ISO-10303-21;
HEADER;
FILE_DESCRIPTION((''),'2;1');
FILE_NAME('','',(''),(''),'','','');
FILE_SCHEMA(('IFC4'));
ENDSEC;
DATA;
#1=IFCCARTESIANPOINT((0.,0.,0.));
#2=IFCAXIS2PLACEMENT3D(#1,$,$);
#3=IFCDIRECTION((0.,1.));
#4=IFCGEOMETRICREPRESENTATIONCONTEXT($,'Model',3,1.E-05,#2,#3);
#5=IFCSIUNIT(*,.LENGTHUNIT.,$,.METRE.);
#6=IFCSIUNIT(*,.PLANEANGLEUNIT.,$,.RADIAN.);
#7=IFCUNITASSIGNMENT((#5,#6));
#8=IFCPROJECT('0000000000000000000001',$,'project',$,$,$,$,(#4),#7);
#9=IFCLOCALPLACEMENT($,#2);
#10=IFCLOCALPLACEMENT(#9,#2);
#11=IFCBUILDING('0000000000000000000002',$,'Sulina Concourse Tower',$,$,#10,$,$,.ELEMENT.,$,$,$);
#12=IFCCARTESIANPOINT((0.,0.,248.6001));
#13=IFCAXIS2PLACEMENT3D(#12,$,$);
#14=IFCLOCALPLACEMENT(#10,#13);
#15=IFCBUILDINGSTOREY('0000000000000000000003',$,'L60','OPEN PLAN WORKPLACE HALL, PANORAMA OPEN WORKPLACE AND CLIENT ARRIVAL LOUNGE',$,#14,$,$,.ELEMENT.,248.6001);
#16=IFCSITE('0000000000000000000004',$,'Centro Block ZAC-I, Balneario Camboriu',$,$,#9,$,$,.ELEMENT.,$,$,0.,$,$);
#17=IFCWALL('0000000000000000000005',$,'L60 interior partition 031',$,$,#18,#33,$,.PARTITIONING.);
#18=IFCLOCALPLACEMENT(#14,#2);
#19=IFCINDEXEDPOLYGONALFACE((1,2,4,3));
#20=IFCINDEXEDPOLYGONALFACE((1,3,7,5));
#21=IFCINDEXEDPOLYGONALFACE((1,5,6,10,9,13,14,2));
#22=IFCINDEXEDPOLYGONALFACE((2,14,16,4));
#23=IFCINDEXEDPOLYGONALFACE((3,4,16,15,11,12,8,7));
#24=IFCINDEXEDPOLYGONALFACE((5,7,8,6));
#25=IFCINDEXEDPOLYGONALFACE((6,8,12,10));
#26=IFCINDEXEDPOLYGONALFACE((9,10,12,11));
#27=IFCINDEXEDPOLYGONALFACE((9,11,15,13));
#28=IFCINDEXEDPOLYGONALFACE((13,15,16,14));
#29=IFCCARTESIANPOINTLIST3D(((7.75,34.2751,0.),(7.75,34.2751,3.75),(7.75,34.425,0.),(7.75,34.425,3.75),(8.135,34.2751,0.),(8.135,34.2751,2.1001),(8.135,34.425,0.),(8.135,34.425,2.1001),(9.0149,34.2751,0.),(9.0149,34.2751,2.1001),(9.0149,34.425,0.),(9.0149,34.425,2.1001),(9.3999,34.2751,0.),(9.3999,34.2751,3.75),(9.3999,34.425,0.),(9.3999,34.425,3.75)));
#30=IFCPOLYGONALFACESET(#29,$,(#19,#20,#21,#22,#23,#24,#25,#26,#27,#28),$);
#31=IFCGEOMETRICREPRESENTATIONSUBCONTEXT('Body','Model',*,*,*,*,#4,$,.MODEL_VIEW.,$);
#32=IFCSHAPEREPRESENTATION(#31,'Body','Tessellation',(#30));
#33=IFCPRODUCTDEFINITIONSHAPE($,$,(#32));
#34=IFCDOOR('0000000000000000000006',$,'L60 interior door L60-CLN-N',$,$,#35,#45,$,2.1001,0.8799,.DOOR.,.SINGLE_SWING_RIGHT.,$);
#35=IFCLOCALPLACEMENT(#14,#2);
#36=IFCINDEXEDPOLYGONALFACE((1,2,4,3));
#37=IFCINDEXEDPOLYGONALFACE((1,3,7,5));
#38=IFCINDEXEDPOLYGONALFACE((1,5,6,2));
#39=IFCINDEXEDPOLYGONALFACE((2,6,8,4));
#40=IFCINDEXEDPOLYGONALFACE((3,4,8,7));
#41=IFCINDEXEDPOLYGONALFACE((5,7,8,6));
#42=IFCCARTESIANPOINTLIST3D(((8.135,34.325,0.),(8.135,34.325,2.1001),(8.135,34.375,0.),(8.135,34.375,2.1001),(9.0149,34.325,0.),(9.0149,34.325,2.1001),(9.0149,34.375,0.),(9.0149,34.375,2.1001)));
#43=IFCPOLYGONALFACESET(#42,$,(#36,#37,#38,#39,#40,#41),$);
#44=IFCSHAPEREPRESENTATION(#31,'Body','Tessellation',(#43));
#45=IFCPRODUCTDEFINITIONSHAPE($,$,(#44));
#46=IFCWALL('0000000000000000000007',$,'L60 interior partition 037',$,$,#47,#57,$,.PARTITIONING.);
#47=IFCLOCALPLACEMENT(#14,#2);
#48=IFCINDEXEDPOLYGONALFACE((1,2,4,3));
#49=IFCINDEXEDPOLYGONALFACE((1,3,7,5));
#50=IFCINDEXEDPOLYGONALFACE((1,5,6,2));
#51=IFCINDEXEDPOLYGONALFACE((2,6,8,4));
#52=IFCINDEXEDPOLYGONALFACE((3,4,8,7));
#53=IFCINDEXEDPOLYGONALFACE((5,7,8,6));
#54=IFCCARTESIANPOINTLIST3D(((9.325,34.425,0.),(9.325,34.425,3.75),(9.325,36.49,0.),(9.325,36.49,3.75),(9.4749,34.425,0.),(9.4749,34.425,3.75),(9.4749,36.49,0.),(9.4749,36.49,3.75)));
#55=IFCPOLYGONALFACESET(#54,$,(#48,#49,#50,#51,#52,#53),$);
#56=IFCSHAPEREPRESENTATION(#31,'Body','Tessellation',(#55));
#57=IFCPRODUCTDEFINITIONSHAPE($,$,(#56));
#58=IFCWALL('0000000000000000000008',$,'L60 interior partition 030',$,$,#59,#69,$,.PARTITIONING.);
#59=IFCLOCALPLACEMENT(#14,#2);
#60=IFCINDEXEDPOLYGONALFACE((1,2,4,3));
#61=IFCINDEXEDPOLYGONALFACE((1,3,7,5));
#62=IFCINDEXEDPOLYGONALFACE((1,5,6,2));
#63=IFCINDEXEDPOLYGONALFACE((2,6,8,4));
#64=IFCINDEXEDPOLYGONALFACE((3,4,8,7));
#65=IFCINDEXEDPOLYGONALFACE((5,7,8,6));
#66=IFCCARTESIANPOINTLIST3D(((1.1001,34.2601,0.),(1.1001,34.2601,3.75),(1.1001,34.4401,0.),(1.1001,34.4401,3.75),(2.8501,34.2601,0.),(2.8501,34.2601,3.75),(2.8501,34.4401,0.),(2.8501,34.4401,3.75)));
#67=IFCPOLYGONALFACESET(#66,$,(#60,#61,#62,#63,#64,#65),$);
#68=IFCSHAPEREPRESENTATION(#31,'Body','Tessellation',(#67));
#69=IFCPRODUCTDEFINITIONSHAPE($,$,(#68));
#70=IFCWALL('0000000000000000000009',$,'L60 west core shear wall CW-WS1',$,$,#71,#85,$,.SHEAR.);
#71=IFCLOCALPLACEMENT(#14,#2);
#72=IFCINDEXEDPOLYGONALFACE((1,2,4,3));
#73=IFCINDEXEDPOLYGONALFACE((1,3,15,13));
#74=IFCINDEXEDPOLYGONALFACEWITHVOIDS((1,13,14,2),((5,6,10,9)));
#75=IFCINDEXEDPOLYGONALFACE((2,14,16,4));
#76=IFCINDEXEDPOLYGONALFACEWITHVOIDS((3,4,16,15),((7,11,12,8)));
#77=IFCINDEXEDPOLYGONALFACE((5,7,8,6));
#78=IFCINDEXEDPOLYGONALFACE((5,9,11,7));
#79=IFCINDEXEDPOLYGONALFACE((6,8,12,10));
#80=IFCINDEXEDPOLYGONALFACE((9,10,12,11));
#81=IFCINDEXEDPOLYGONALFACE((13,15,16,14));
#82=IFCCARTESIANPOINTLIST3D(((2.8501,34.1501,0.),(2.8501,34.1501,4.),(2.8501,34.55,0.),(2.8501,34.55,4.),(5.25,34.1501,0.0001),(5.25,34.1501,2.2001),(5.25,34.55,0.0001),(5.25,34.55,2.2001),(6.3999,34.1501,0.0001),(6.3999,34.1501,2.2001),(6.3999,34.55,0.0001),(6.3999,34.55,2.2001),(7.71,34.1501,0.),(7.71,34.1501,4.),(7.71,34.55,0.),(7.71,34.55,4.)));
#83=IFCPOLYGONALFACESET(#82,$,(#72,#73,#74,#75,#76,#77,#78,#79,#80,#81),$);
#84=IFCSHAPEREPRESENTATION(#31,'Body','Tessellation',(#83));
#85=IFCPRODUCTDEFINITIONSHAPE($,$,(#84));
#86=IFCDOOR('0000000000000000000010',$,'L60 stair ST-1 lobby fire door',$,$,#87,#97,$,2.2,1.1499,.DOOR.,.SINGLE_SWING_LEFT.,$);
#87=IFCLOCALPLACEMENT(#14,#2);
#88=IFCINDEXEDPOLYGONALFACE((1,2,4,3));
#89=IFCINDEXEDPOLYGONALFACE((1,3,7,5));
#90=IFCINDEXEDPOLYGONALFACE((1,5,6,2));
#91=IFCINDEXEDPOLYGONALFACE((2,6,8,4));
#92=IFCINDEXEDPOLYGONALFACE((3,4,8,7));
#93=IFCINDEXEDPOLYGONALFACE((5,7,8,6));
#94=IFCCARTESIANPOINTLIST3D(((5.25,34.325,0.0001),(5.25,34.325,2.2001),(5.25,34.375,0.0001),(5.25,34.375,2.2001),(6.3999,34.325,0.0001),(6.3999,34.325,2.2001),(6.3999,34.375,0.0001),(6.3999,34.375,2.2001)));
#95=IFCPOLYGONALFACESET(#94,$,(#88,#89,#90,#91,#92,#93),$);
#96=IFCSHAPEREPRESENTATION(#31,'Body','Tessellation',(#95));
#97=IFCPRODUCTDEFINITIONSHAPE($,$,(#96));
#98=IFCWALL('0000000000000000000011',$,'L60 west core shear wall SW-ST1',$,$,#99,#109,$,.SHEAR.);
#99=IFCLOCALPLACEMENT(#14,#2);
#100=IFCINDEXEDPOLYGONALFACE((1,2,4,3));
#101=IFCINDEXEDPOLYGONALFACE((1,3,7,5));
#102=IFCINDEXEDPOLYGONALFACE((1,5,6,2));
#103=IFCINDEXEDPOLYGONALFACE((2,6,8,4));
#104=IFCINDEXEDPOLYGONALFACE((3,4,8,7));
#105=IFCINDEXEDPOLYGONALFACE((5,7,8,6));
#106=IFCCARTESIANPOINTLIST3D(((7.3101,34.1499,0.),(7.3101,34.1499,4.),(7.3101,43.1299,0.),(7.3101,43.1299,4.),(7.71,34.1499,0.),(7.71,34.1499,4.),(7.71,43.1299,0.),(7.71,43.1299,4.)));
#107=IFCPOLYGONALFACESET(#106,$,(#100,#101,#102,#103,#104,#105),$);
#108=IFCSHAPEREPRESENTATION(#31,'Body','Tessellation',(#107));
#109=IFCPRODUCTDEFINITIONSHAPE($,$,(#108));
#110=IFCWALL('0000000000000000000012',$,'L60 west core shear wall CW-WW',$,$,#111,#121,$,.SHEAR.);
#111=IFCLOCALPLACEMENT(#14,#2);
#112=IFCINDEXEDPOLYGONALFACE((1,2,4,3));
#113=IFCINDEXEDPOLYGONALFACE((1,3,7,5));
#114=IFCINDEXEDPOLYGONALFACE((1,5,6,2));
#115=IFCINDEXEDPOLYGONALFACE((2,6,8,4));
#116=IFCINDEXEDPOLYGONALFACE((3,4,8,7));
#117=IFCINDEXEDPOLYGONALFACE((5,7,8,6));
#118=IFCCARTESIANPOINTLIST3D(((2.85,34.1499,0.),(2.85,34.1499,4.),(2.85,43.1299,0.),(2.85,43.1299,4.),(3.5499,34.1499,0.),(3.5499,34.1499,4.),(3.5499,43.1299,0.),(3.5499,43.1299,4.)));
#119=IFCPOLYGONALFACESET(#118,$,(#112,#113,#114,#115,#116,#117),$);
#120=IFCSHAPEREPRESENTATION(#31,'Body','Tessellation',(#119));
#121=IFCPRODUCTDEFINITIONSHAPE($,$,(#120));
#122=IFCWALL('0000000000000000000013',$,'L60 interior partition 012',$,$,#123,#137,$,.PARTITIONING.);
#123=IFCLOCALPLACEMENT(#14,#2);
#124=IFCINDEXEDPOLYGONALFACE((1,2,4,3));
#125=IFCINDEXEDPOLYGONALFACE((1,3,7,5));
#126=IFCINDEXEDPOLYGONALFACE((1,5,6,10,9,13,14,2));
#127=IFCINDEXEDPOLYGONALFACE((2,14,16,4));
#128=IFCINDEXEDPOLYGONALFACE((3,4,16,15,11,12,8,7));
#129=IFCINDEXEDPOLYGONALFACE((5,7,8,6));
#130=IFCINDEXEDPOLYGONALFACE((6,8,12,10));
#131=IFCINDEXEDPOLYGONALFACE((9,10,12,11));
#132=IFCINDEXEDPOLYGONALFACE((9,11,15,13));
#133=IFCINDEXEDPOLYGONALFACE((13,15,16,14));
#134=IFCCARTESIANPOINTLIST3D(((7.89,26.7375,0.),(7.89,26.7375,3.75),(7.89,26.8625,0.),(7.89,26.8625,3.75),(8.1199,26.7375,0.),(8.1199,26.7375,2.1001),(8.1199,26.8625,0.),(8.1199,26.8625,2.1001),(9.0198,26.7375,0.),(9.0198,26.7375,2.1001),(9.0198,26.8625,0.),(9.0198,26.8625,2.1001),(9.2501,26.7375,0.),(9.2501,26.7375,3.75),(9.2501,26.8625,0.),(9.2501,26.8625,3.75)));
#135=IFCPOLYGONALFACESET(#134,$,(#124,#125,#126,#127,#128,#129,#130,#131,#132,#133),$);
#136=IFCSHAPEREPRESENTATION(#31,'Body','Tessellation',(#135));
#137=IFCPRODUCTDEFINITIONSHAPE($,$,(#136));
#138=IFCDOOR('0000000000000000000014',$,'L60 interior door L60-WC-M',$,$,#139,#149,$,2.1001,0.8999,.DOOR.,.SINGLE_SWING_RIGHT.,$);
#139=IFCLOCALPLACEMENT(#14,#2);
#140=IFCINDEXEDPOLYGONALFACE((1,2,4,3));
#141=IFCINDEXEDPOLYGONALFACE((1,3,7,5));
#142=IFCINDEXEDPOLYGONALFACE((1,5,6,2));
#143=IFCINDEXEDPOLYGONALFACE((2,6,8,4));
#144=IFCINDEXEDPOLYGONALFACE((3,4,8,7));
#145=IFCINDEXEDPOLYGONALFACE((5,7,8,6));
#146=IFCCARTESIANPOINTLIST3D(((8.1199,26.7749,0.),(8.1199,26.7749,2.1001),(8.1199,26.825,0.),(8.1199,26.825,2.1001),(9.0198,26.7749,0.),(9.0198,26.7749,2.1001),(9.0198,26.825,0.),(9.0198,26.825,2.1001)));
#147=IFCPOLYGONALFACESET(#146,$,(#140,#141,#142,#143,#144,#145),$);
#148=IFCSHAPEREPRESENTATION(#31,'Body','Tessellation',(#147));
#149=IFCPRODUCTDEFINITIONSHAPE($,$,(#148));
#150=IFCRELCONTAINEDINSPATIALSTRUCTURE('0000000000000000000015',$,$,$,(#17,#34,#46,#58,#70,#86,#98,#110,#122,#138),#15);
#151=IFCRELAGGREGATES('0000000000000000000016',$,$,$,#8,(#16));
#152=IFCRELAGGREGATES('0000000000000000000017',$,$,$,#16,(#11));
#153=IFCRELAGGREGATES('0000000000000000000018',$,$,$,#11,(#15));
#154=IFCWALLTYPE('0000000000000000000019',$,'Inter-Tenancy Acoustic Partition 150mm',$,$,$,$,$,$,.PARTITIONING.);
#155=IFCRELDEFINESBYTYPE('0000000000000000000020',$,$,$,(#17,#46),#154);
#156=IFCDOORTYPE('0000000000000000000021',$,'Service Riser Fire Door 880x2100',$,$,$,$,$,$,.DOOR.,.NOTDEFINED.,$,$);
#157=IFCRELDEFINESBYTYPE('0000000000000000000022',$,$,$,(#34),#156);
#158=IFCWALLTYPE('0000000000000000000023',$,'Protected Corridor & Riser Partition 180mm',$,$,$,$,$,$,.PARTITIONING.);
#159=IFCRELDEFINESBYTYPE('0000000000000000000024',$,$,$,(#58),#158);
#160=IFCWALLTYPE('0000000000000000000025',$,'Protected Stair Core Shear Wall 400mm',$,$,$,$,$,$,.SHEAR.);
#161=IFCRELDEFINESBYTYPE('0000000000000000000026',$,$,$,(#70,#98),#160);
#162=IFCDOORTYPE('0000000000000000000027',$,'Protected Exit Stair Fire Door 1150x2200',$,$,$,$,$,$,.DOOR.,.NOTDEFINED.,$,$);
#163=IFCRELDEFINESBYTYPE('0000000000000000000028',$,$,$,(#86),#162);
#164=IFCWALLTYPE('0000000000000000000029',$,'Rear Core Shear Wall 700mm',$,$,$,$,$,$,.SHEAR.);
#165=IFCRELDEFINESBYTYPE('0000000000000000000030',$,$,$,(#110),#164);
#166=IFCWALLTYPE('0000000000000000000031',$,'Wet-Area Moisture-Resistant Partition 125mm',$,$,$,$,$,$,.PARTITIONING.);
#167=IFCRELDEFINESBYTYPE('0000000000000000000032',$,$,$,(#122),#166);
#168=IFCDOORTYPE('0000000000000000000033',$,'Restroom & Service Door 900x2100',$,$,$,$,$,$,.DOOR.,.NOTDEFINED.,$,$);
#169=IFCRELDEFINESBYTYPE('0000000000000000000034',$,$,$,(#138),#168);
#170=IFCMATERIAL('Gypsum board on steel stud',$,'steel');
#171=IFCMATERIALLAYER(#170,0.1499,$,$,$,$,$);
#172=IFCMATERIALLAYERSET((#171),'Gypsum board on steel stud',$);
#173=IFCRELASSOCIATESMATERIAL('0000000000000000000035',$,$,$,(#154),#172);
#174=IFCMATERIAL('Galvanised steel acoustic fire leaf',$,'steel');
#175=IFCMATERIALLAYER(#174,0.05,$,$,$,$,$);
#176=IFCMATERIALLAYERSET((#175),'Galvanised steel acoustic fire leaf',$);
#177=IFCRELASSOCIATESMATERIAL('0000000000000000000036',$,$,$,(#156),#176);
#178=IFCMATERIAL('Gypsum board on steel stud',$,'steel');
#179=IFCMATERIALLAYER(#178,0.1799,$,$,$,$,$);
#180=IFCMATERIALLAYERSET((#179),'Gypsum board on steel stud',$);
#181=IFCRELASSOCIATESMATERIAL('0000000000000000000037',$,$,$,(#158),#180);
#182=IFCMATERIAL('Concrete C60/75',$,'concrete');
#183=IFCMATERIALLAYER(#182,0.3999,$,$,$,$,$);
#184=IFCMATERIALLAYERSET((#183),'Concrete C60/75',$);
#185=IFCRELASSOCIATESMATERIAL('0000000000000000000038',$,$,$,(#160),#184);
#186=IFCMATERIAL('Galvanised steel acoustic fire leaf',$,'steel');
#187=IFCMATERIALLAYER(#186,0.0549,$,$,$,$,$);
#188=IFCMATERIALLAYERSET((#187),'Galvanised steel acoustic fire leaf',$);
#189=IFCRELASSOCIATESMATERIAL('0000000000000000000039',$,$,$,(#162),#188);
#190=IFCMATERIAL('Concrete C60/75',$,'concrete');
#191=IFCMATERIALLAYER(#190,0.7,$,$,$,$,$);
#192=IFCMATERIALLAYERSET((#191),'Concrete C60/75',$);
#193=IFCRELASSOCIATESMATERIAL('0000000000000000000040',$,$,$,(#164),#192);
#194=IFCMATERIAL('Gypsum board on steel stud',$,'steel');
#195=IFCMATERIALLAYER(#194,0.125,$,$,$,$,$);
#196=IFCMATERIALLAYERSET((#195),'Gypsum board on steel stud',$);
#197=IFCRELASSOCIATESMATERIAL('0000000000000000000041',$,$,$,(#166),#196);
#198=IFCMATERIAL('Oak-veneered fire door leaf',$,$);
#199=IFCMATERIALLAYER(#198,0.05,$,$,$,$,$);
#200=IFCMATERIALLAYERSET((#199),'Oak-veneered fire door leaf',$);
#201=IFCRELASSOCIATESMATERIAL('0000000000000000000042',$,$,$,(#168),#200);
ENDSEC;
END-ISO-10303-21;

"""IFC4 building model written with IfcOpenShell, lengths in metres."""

from ifc_helpers import new_model, si_unit, direction, frame, frame_2d, origin, place, context, subcontext, project, spatial, rectangle, extrude, material, layer, layer_set, type_object, element, fill, save


model = new_model("IFC4")

# Units and contexts
model_context = context("Model", 3, precision=1e-05, world=origin(), true_north=direction((0.0, 1.0)))
body_context = subcontext(model_context, "Body", "Model", "MODEL_VIEW")
ifc_project = project(units=[si_unit("LENGTHUNIT", "METRE"), si_unit("PLANEANGLEUNIT", "RADIAN")], contexts=[model_context])

# Site, building, storey
site_placement = place(None, origin())
site = spatial("IfcSite", under=ifc_project, at=site_placement, Name="Centro Block ZAC-I, Balneario Camboriu", CompositionType="ELEMENT", RefElevation=0.0)
building_placement = place(site_placement, origin())
building = spatial("IfcBuilding", under=site, at=building_placement, Name="Sulina Concourse Tower", CompositionType="ELEMENT")
storey_placement = place(building_placement, frame((0.0, 0.0, 248.6001)))
storey = spatial("IfcBuildingStorey", under=building, at=storey_placement, Name="L60", Description="OPEN PLAN WORKPLACE HALL, PANORAMA OPEN WORKPLACE AND CLIENT ARRIVAL LOUNGE", CompositionType="ELEMENT", Elevation=248.6001)

# Wall, opening, door
ifc_material_1 = material(Name="Gypsum board on steel stud", Category="steel")
ifc_layer_1 = layer(ifc_material_1, 0.1499)
ifc_layer_set_1 = layer_set([ifc_layer_1], Name="Gypsum board on steel stud")
wall_type_1 = type_object("IfcWallType", Name="Inter-Tenancy Acoustic Partition 150mm", PredefinedType="PARTITIONING", material=ifc_layer_set_1)
wall_1_placement = place(storey_placement, frame((7.75, 34.3501, 0.0), z_axis=(0.0, 0.0, 1.0), x_axis=(1.0, 0.0, 0.0)))
wall_1 = element("IfcWall", 1, at=wall_1_placement, inside=storey, type_object=wall_type_1, Name="L60 interior partition 031", PredefinedType="PARTITIONING", context=body_context, shape_type="SweptSolid", body=[
    extrude(rectangle(XDim=1.6499, YDim=0.1499, at=frame_2d((0.825, 0.0))), origin(), (0.0, 0.0, 1.0), 3.75),
])
opening_1_placement = place(wall_1_placement, frame((0.385, 0.0, 0.0)))
opening_1 = element("IfcOpeningElement", 2, at=opening_1_placement, cuts=wall_1, PredefinedType="OPENING", context=body_context, shape_type="SweptSolid", body=[
    extrude(rectangle(XDim=0.8799, YDim=2.1001, at=frame_2d((0.4399, 1.05))), frame((0.0, 0.085, 0.0), z_axis=(0.0, -1.0, 0.0), x_axis=(1.0, 0.0, 0.0)), (0.0, 0.0, 1.0), 0.1699),
])
ifc_material_2 = material(Name="Galvanised steel acoustic fire leaf", Category="steel")
ifc_layer_2 = layer(ifc_material_2, 0.05)
ifc_layer_set_2 = layer_set([ifc_layer_2], Name="Galvanised steel acoustic fire leaf")
door_type_1 = type_object("IfcDoorType", Name="Service Riser Fire Door 880x2100", OperationType="NOTDEFINED", PredefinedType="DOOR", material=ifc_layer_set_2)
door_1_placement = place(opening_1_placement, origin())
door_1 = element("IfcDoor", 3, at=door_1_placement, inside=storey, type_object=door_type_1, Name="L60 interior door L60-CLN-N", OperationType="SINGLE_SWING_RIGHT", OverallHeight=2.1001, OverallWidth=0.8799, PredefinedType="DOOR", context=body_context, shape_type="SweptSolid", body=[
    extrude(rectangle(XDim=0.8799, YDim=2.1001, at=frame_2d((0.4399, 1.05))), frame((0.0, 0.0249, 0.0), z_axis=(0.0, -1.0, 0.0), x_axis=(1.0, 0.0, 0.0)), (0.0, 0.0, 1.0), 0.05),
])
fill(opening_1, door_1)

# Walls
wall_2_placement = place(storey_placement, frame((9.3999, 34.425, 0.0), z_axis=(0.0, 0.0, 1.0), x_axis=(0.0, 1.0, 0.0)))
element("IfcWall", 4, at=wall_2_placement, inside=storey, type_object=wall_type_1, Name="L60 interior partition 037", PredefinedType="PARTITIONING", context=body_context, shape_type="SweptSolid", body=[
    extrude(rectangle(XDim=2.0649, YDim=0.1499, at=frame_2d((1.0325, 0.0))), origin(), (0.0, 0.0, 1.0), 3.75),
])
ifc_material_3 = material(Name="Gypsum board on steel stud", Category="steel")
ifc_layer_3 = layer(ifc_material_3, 0.1799)
ifc_layer_set_3 = layer_set([ifc_layer_3], Name="Gypsum board on steel stud")
wall_type_2 = type_object("IfcWallType", Name="Protected Corridor & Riser Partition 180mm", PredefinedType="PARTITIONING", material=ifc_layer_set_3)
wall_3_placement = place(storey_placement, frame((1.1001, 34.3501, 0.0), z_axis=(0.0, 0.0, 1.0), x_axis=(1.0, 0.0, 0.0)))
element("IfcWall", 5, at=wall_3_placement, inside=storey, type_object=wall_type_2, Name="L60 interior partition 030", PredefinedType="PARTITIONING", context=body_context, shape_type="SweptSolid", body=[
    extrude(rectangle(XDim=1.75, YDim=0.1799, at=frame_2d((0.875, 0.0))), origin(), (0.0, 0.0, 1.0), 3.75),
])

# Wall, opening, door
ifc_material_4 = material(Name="Concrete C60/75", Category="concrete")
ifc_layer_4 = layer(ifc_material_4, 0.3999)
ifc_layer_set_4 = layer_set([ifc_layer_4], Name="Concrete C60/75")
wall_type_3 = type_object("IfcWallType", Name="Protected Stair Core Shear Wall 400mm", PredefinedType="SHEAR", material=ifc_layer_set_4)
wall_4_placement = place(storey_placement, frame((2.8501, 34.3501, 0.0), z_axis=(0.0, 0.0, 1.0), x_axis=(1.0, 0.0, 0.0)))
wall_4 = element("IfcWall", 6, at=wall_4_placement, inside=storey, type_object=wall_type_3, Name="L60 west core shear wall CW-WS1", PredefinedType="SHEAR", context=body_context, shape_type="SweptSolid", body=[
    extrude(rectangle(XDim=4.8599, YDim=0.3999, at=frame_2d((2.4299, 0.0))), origin(), (0.0, 0.0, 1.0), 4.0),
])
opening_2_placement = place(wall_4_placement, frame((2.3999, 0.0, 0.0)))
opening_2 = element("IfcOpeningElement", 7, at=opening_2_placement, cuts=wall_4, PredefinedType="OPENING", context=body_context, shape_type="SweptSolid", body=[
    extrude(rectangle(XDim=1.1499, YDim=2.2, at=frame_2d((0.575, 1.1001))), frame((0.0, 0.21, 0.0), z_axis=(0.0, -1.0, 0.0), x_axis=(1.0, 0.0, 0.0)), (0.0, 0.0, 1.0), 0.4199),
])
ifc_material_5 = material(Name="Galvanised steel acoustic fire leaf", Category="steel")
ifc_layer_5 = layer(ifc_material_5, 0.0549)
ifc_layer_set_5 = layer_set([ifc_layer_5], Name="Galvanised steel acoustic fire leaf")
door_type_2 = type_object("IfcDoorType", Name="Protected Exit Stair Fire Door 1150x2200", OperationType="NOTDEFINED", PredefinedType="DOOR", material=ifc_layer_set_5)
door_2_placement = place(opening_2_placement, origin())
door_2 = element("IfcDoor", 8, at=door_2_placement, inside=storey, type_object=door_type_2, Name="L60 stair ST-1 lobby fire door", OperationType="SINGLE_SWING_LEFT", OverallHeight=2.2, OverallWidth=1.1499, PredefinedType="DOOR", context=body_context, shape_type="SweptSolid", body=[
    extrude(rectangle(XDim=1.1499, YDim=2.2, at=frame_2d((0.575, 1.1001))), frame((0.0, 0.0249, 0.0), z_axis=(0.0, -1.0, 0.0), x_axis=(1.0, 0.0, 0.0)), (0.0, 0.0, 1.0), 0.05),
])
fill(opening_2, door_2)

# Walls
wall_5_placement = place(storey_placement, frame((7.51, 34.1499, 0.0), z_axis=(0.0, 0.0, 1.0), x_axis=(0.0, 1.0, 0.0)))
element("IfcWall", 9, at=wall_5_placement, inside=storey, type_object=wall_type_3, Name="L60 west core shear wall SW-ST1", PredefinedType="SHEAR", context=body_context, shape_type="SweptSolid", body=[
    extrude(rectangle(XDim=8.98, YDim=0.3999, at=frame_2d((4.49, 0.0))), origin(), (0.0, 0.0, 1.0), 4.0),
])
ifc_material_6 = material(Name="Concrete C60/75", Category="concrete")
ifc_layer_6 = layer(ifc_material_6, 0.7)
ifc_layer_set_6 = layer_set([ifc_layer_6], Name="Concrete C60/75")
wall_type_4 = type_object("IfcWallType", Name="Rear Core Shear Wall 700mm", PredefinedType="SHEAR", material=ifc_layer_set_6)
wall_6_placement = place(storey_placement, frame((3.2, 34.1499, 0.0), z_axis=(0.0, 0.0, 1.0), x_axis=(0.0, 1.0, 0.0)))
element("IfcWall", 10, at=wall_6_placement, inside=storey, type_object=wall_type_4, Name="L60 west core shear wall CW-WW", PredefinedType="SHEAR", context=body_context, shape_type="SweptSolid", body=[
    extrude(rectangle(XDim=8.98, YDim=0.7, at=frame_2d((4.49, 0.0))), origin(), (0.0, 0.0, 1.0), 4.0),
])

# Wall, opening, door
ifc_material_7 = material(Name="Gypsum board on steel stud", Category="steel")
ifc_layer_7 = layer(ifc_material_7, 0.125)
ifc_layer_set_7 = layer_set([ifc_layer_7], Name="Gypsum board on steel stud")
wall_type_5 = type_object("IfcWallType", Name="Wet-Area Moisture-Resistant Partition 125mm", PredefinedType="PARTITIONING", material=ifc_layer_set_7)
wall_7_placement = place(storey_placement, frame((7.8899, 26.8, 0.0), z_axis=(0.0, 0.0, 1.0), x_axis=(1.0, 0.0, 0.0)))
wall_7 = element("IfcWall", 11, at=wall_7_placement, inside=storey, type_object=wall_type_5, Name="L60 interior partition 012", PredefinedType="PARTITIONING", context=body_context, shape_type="SweptSolid", body=[
    extrude(rectangle(XDim=1.3601, YDim=0.125, at=frame_2d((0.6802, 0.0))), origin(), (0.0, 0.0, 1.0), 3.75),
])
opening_3_placement = place(wall_7_placement, frame((0.23, 0.0, 0.0)))
opening_3 = element("IfcOpeningElement", 12, at=opening_3_placement, cuts=wall_7, PredefinedType="OPENING", context=body_context, shape_type="SweptSolid", body=[
    extrude(rectangle(XDim=0.8999, YDim=2.1001, at=frame_2d((0.45, 1.05))), frame((0.0, 0.0725, 0.0), z_axis=(0.0, -1.0, 0.0), x_axis=(1.0, 0.0, 0.0)), (0.0, 0.0, 1.0), 0.145),
])
ifc_material_8 = material(Name="Oak-veneered fire door leaf")
ifc_layer_8 = layer(ifc_material_8, 0.05)
ifc_layer_set_8 = layer_set([ifc_layer_8], Name="Oak-veneered fire door leaf")
door_type_3 = type_object("IfcDoorType", Name="Restroom & Service Door 900x2100", OperationType="NOTDEFINED", PredefinedType="DOOR", material=ifc_layer_set_8)
door_3_placement = place(opening_3_placement, origin())
door_3 = element("IfcDoor", 13, at=door_3_placement, inside=storey, type_object=door_type_3, Name="L60 interior door L60-WC-M", OperationType="SINGLE_SWING_RIGHT", OverallHeight=2.1001, OverallWidth=0.8999, PredefinedType="DOOR", context=body_context, shape_type="SweptSolid", body=[
    extrude(rectangle(XDim=0.8999, YDim=2.1001, at=frame_2d((0.45, 1.05))), frame((0.0, 0.0249, 0.0), z_axis=(0.0, -1.0, 0.0), x_axis=(1.0, 0.0, 0.0)), (0.0, 0.0, 1.0), 0.05),
])
fill(opening_3, door_3)

save(model, "model.ifc")
